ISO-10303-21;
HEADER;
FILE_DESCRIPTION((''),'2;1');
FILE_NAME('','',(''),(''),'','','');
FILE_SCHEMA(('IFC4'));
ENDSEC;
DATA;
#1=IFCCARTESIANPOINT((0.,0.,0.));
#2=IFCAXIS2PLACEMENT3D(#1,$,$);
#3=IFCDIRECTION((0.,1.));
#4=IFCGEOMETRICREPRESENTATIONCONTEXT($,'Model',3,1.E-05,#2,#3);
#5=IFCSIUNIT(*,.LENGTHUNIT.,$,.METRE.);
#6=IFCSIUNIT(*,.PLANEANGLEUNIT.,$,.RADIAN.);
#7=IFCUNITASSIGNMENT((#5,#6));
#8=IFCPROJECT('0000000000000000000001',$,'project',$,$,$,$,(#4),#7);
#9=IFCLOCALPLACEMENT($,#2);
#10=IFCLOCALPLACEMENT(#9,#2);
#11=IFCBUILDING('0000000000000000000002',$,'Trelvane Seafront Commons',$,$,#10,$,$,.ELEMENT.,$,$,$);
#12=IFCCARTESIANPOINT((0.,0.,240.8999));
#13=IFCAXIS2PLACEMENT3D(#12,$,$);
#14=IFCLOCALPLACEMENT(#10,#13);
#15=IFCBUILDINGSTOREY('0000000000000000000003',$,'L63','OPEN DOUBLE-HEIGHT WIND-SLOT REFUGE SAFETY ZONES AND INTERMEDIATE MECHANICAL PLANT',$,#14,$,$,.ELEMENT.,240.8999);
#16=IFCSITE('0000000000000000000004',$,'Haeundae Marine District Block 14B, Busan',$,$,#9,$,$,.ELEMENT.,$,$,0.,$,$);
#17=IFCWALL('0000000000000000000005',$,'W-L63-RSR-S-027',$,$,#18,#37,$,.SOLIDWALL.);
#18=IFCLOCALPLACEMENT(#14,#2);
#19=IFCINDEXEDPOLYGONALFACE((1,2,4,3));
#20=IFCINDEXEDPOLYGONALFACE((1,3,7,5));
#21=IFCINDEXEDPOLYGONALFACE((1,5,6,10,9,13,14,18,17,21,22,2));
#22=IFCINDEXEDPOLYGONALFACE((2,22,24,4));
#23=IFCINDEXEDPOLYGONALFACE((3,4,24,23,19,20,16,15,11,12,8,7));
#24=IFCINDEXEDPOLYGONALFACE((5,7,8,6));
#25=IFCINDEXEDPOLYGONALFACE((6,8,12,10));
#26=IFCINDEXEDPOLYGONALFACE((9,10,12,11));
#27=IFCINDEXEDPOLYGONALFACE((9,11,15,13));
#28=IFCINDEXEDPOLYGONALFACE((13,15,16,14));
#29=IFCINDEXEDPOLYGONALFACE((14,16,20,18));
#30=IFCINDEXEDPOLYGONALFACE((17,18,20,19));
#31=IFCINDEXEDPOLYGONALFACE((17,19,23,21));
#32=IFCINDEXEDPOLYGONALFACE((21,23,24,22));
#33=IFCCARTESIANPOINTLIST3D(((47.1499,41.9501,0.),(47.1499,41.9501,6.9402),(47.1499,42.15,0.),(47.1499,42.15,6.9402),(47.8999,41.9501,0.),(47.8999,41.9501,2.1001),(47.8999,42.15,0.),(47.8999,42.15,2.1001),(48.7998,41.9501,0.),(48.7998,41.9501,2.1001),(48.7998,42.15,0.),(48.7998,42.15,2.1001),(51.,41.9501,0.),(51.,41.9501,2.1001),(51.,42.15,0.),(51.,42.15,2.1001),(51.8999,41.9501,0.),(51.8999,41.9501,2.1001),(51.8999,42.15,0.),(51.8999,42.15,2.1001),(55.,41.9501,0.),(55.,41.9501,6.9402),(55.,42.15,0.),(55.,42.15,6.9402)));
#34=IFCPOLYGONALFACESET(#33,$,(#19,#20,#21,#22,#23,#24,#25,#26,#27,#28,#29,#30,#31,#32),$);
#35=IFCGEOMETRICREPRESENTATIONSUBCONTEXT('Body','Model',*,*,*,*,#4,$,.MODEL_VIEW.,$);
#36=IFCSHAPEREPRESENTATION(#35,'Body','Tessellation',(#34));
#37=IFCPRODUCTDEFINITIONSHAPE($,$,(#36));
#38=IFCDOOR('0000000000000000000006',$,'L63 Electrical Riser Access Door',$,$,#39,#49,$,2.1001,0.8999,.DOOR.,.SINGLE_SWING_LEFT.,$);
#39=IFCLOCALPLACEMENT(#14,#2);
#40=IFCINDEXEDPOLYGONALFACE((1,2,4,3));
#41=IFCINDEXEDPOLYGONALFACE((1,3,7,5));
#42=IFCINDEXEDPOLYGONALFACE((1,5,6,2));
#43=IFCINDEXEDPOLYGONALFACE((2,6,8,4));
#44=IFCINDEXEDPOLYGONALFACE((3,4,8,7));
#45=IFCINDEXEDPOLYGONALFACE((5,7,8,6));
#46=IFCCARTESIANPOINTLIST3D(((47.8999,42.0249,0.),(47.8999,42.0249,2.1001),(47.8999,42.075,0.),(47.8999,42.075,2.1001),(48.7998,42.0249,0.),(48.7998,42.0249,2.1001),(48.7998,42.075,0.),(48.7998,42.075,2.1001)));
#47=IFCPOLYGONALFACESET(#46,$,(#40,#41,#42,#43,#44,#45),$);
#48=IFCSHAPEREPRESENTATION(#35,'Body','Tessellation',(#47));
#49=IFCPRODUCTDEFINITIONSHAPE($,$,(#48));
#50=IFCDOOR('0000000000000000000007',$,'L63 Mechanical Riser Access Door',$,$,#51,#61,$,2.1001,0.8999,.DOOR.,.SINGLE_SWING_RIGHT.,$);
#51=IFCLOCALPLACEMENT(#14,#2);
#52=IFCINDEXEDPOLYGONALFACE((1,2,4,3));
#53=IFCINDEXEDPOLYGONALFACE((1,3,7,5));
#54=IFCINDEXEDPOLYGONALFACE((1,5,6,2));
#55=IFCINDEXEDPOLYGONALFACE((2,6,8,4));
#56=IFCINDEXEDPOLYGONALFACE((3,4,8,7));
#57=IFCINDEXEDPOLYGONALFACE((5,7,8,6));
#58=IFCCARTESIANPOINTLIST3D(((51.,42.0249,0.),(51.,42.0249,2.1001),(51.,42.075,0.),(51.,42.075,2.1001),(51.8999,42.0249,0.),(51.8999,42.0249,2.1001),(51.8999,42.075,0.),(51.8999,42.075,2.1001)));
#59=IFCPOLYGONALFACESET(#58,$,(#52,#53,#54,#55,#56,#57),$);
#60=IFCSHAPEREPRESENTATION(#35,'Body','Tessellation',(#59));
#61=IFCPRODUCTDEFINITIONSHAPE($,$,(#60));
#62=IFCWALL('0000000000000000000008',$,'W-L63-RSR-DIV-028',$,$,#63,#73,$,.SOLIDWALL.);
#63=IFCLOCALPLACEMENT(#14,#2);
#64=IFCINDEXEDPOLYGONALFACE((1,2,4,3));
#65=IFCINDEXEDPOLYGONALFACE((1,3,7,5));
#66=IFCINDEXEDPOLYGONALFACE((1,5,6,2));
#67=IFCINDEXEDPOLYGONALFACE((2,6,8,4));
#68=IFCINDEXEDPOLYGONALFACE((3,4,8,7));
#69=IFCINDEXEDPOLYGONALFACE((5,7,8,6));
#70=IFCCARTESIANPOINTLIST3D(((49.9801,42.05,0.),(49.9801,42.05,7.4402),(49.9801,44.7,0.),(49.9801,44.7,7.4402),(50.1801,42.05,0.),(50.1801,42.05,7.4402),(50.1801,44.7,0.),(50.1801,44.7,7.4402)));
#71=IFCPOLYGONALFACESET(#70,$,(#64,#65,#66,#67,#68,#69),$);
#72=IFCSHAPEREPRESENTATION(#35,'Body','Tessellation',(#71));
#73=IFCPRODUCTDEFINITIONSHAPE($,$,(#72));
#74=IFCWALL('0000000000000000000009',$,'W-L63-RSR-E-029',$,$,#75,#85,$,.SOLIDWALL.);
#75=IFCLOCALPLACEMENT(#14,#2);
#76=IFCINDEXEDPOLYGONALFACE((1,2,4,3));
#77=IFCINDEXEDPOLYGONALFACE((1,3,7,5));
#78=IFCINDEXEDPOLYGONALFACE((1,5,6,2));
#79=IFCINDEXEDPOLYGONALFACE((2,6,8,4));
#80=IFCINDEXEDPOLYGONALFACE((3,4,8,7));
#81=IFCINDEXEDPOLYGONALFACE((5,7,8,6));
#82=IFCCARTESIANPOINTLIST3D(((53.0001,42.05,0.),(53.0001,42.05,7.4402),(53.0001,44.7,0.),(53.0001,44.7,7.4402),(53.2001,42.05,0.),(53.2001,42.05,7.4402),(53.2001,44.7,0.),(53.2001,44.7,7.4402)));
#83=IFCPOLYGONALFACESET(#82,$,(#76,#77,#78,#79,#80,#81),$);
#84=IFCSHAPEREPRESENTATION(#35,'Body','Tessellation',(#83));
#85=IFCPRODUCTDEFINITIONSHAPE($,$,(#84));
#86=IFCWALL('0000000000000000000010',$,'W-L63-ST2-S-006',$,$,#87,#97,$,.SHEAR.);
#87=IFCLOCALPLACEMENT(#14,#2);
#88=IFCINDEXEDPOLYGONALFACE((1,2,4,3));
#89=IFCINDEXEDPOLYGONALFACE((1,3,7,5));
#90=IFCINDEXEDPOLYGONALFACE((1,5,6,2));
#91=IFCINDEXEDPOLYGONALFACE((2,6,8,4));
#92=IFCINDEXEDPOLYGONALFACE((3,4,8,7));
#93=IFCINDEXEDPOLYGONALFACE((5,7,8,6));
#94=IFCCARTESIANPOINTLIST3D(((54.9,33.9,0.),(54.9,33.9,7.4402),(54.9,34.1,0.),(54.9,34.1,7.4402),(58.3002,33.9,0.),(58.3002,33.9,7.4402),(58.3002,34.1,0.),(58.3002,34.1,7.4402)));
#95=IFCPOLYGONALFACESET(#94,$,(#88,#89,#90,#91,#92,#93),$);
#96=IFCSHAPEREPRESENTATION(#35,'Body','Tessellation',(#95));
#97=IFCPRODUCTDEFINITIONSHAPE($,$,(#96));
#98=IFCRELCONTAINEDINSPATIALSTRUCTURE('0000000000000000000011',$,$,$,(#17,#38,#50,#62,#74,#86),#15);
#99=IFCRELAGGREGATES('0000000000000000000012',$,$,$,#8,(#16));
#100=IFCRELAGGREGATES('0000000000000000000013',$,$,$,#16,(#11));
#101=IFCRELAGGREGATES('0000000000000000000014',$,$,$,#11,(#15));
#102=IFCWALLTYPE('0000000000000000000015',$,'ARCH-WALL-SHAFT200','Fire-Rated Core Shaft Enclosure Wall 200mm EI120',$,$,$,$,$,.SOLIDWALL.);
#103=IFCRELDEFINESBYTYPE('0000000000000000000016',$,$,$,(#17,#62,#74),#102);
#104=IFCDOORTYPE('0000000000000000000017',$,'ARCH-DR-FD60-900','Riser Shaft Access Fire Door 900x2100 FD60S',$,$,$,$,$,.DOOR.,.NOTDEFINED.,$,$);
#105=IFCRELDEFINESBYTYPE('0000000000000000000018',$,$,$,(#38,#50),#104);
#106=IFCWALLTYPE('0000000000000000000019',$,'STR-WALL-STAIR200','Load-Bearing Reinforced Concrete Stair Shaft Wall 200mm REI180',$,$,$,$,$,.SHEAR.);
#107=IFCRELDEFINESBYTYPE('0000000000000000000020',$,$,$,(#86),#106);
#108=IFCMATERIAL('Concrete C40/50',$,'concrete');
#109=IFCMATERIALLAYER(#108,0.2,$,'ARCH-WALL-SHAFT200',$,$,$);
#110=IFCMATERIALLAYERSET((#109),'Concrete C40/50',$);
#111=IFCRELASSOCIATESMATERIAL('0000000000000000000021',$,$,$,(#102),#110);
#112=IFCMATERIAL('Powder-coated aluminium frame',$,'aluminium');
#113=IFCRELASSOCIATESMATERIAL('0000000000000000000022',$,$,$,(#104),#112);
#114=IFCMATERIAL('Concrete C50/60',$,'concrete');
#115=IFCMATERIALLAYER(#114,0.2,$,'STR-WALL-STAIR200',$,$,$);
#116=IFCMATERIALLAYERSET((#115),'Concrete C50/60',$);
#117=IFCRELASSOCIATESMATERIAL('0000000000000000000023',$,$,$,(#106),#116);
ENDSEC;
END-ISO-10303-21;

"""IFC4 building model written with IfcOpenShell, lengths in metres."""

from ifc_helpers import new_model, si_unit, direction, frame, frame_2d, origin, place, context, subcontext, project, spatial, rectangle, extrude, source, transform, mapped, material, layer, layer_set, type_object, element, fill, save


model = new_model("IFC4")

# Units and contexts
model_context = context("Model", 3, precision=1e-05, world=origin(), true_north=direction((0.0, 1.0)))
body_context = subcontext(model_context, "Body", "Model", "MODEL_VIEW")
ifc_project = project(units=[si_unit("LENGTHUNIT", "METRE"), si_unit("PLANEANGLEUNIT", "RADIAN")], contexts=[model_context])

# Site, building, storey
site_placement = place(None, origin())
site = spatial("IfcSite", under=ifc_project, at=site_placement, Name="Haeundae Marine District Block 14B, Busan", CompositionType="ELEMENT", RefElevation=0.0)
building_placement = place(site_placement, origin())
building = spatial("IfcBuilding", under=site, at=building_placement, Name="Trelvane Seafront Commons", CompositionType="ELEMENT")
storey_placement = place(building_placement, frame((0.0, 0.0, 240.8999)))
storey = spatial("IfcBuildingStorey", under=building, at=storey_placement, Name="L63", Description="OPEN DOUBLE-HEIGHT WIND-SLOT REFUGE SAFETY ZONES AND INTERMEDIATE MECHANICAL PLANT", CompositionType="ELEMENT", Elevation=240.8999)

# Shared definitions
ifc_material_1 = material(Name="Concrete C50/60", Category="concrete")

# Shared definitions
ifc_material_2 = material(Name="Concrete C40/50", Category="concrete")
ifc_material_3 = material(Name="Powder-coated aluminium frame", Category="aluminium")

# Wall, openings, doors
ifc_layer_1 = layer(ifc_material_2, 0.2, Name="ARCH-WALL-SHAFT200")
ifc_layer_set_1 = layer_set([ifc_layer_1], Name="Concrete C40/50")
wall_type_1 = type_object("IfcWallType", Name="ARCH-WALL-SHAFT200", Description="Fire-Rated Core Shaft Enclosure Wall 200mm EI120", PredefinedType="SOLIDWALL", material=ifc_layer_set_1)
wall_1_placement = place(storey_placement, frame((47.1499, 42.05, 0.0), z_axis=(0.0, 0.0, 1.0), x_axis=(1.0, 0.0, 0.0)))
wall_1 = element("IfcWall", 1, at=wall_1_placement, inside=storey, type_object=wall_type_1, Name="W-L63-RSR-S-027", PredefinedType="SOLIDWALL", context=body_context, shape_type="SweptSolid", body=[
    extrude(rectangle(XDim=7.8501, YDim=0.2, at=frame_2d((3.925, 0.0))), origin(), (0.0, 0.0, 1.0), 6.9402),
])
opening_1_placement = place(wall_1_placement, frame((0.75, 0.0, 0.0)))
opening_1 = element("IfcOpeningElement", 2, at=opening_1_placement, cuts=wall_1, PredefinedType="OPENING", context=body_context, shape_type="SweptSolid", body=[
    extrude(rectangle(XDim=0.8999, YDim=2.1001, at=frame_2d((0.45, 1.05))), frame((0.0, 0.1099, 0.0), z_axis=(0.0, -1.0, 0.0), x_axis=(1.0, 0.0, 0.0)), (0.0, 0.0, 1.0), 0.22),
])
opening_2_placement = place(wall_1_placement, frame((3.8501, 0.0, 0.0)))
opening_2 = element("IfcOpeningElement", 3, at=opening_2_placement, cuts=wall_1, PredefinedType="OPENING", context=body_context, shape_type="SweptSolid", body=[
    extrude(rectangle(XDim=0.8999, YDim=2.1001, at=frame_2d((0.45, 1.05))), frame((0.0, 0.1099, 0.0), z_axis=(0.0, -1.0, 0.0), x_axis=(1.0, 0.0, 0.0)), (0.0, 0.0, 1.0), 0.22),
])
door_type_1 = type_object("IfcDoorType", Name="ARCH-DR-FD60-900", Description="Riser Shaft Access Fire Door 900x2100 FD60S", OperationType="NOTDEFINED", PredefinedType="DOOR", material=ifc_material_3)
shared_shape_1 = source(origin(), body_context, "Body", "SweptSolid", [
    extrude(rectangle(XDim=0.8999, YDim=2.1001, at=frame_2d((0.45, 1.05))), frame((0.0, 0.0249, 0.0), z_axis=(0.0, -1.0, 0.0), x_axis=(1.0, 0.0, 0.0)), (0.0, 0.0, 1.0), 0.05),
])
door_1_placement = place(opening_1_placement, origin())
door_1 = element("IfcDoor", 4, at=door_1_placement, inside=storey, type_object=door_type_1, Name="L63 Electrical Riser Access Door", OperationType="SINGLE_SWING_LEFT", OverallHeight=2.1001, OverallWidth=0.8999, PredefinedType="DOOR", context=body_context, shape_type="MappedRepresentation", body=[
    mapped(shared_shape_1, transform((0.0, 0.0, 0.0), x_axis=(1.0, 0.0, 0.0), y_axis=(0.0, 1.0, 0.0), z_axis=(0.0, 0.0, 1.0), scale=1.0)),
])
fill(opening_1, door_1)
door_2_placement = place(opening_2_placement, origin())
door_2 = element("IfcDoor", 5, at=door_2_placement, inside=storey, type_object=door_type_1, Name="L63 Mechanical Riser Access Door", OperationType="SINGLE_SWING_RIGHT", OverallHeight=2.1001, OverallWidth=0.8999, PredefinedType="DOOR", context=body_context, shape_type="MappedRepresentation", body=[
    mapped(shared_shape_1, transform((0.0, 0.0, 0.0), x_axis=(1.0, 0.0, 0.0), y_axis=(0.0, 1.0, 0.0), z_axis=(0.0, 0.0, 1.0), scale=1.0)),
])
fill(opening_2, door_2)

# Walls
for number, where, z_axis, x_axis, name in (
    (6, (50.0801, 42.05, 0.0), (0.0, 0.0, 1.0), (0.0, 1.0, 0.0), "W-L63-RSR-DIV-028"),
    (7, (53.1001, 42.05, 0.0), (0.0, 0.0, 1.0), (0.0, 1.0, 0.0), "W-L63-RSR-E-029"),
):
    element("IfcWall", number, at=place(storey_placement, frame(where, z_axis=z_axis, x_axis=x_axis)), inside=storey, type_object=wall_type_1, Name=name, PredefinedType="SOLIDWALL", context=body_context, shape_type="SweptSolid", body=[
        extrude(rectangle(XDim=2.6499, YDim=0.2, at=frame_2d((1.325, 0.0))), origin(), (0.0, 0.0, 1.0), 7.4402),
    ])
ifc_layer_2 = layer(ifc_material_1, 0.2, Name="STR-WALL-STAIR200")
ifc_layer_set_2 = layer_set([ifc_layer_2], Name="Concrete C50/60")
wall_type_2 = type_object("IfcWallType", Name="STR-WALL-STAIR200", Description="Load-Bearing Reinforced Concrete Stair Shaft Wall 200mm REI180", PredefinedType="SHEAR", material=ifc_layer_set_2)
wall_2_placement = place(storey_placement, frame((54.8999, 34.0, 0.0), z_axis=(0.0, 0.0, 1.0), x_axis=(1.0, 0.0, 0.0)))
element("IfcWall", 8, at=wall_2_placement, inside=storey, type_object=wall_type_2, Name="W-L63-ST2-S-006", PredefinedType="SHEAR", context=body_context, shape_type="SweptSolid", body=[
    extrude(rectangle(XDim=3.4001, YDim=0.2, at=frame_2d((1.7002, 0.0))), origin(), (0.0, 0.0, 1.0), 7.4402),
])

save(model, "model.ifc")
